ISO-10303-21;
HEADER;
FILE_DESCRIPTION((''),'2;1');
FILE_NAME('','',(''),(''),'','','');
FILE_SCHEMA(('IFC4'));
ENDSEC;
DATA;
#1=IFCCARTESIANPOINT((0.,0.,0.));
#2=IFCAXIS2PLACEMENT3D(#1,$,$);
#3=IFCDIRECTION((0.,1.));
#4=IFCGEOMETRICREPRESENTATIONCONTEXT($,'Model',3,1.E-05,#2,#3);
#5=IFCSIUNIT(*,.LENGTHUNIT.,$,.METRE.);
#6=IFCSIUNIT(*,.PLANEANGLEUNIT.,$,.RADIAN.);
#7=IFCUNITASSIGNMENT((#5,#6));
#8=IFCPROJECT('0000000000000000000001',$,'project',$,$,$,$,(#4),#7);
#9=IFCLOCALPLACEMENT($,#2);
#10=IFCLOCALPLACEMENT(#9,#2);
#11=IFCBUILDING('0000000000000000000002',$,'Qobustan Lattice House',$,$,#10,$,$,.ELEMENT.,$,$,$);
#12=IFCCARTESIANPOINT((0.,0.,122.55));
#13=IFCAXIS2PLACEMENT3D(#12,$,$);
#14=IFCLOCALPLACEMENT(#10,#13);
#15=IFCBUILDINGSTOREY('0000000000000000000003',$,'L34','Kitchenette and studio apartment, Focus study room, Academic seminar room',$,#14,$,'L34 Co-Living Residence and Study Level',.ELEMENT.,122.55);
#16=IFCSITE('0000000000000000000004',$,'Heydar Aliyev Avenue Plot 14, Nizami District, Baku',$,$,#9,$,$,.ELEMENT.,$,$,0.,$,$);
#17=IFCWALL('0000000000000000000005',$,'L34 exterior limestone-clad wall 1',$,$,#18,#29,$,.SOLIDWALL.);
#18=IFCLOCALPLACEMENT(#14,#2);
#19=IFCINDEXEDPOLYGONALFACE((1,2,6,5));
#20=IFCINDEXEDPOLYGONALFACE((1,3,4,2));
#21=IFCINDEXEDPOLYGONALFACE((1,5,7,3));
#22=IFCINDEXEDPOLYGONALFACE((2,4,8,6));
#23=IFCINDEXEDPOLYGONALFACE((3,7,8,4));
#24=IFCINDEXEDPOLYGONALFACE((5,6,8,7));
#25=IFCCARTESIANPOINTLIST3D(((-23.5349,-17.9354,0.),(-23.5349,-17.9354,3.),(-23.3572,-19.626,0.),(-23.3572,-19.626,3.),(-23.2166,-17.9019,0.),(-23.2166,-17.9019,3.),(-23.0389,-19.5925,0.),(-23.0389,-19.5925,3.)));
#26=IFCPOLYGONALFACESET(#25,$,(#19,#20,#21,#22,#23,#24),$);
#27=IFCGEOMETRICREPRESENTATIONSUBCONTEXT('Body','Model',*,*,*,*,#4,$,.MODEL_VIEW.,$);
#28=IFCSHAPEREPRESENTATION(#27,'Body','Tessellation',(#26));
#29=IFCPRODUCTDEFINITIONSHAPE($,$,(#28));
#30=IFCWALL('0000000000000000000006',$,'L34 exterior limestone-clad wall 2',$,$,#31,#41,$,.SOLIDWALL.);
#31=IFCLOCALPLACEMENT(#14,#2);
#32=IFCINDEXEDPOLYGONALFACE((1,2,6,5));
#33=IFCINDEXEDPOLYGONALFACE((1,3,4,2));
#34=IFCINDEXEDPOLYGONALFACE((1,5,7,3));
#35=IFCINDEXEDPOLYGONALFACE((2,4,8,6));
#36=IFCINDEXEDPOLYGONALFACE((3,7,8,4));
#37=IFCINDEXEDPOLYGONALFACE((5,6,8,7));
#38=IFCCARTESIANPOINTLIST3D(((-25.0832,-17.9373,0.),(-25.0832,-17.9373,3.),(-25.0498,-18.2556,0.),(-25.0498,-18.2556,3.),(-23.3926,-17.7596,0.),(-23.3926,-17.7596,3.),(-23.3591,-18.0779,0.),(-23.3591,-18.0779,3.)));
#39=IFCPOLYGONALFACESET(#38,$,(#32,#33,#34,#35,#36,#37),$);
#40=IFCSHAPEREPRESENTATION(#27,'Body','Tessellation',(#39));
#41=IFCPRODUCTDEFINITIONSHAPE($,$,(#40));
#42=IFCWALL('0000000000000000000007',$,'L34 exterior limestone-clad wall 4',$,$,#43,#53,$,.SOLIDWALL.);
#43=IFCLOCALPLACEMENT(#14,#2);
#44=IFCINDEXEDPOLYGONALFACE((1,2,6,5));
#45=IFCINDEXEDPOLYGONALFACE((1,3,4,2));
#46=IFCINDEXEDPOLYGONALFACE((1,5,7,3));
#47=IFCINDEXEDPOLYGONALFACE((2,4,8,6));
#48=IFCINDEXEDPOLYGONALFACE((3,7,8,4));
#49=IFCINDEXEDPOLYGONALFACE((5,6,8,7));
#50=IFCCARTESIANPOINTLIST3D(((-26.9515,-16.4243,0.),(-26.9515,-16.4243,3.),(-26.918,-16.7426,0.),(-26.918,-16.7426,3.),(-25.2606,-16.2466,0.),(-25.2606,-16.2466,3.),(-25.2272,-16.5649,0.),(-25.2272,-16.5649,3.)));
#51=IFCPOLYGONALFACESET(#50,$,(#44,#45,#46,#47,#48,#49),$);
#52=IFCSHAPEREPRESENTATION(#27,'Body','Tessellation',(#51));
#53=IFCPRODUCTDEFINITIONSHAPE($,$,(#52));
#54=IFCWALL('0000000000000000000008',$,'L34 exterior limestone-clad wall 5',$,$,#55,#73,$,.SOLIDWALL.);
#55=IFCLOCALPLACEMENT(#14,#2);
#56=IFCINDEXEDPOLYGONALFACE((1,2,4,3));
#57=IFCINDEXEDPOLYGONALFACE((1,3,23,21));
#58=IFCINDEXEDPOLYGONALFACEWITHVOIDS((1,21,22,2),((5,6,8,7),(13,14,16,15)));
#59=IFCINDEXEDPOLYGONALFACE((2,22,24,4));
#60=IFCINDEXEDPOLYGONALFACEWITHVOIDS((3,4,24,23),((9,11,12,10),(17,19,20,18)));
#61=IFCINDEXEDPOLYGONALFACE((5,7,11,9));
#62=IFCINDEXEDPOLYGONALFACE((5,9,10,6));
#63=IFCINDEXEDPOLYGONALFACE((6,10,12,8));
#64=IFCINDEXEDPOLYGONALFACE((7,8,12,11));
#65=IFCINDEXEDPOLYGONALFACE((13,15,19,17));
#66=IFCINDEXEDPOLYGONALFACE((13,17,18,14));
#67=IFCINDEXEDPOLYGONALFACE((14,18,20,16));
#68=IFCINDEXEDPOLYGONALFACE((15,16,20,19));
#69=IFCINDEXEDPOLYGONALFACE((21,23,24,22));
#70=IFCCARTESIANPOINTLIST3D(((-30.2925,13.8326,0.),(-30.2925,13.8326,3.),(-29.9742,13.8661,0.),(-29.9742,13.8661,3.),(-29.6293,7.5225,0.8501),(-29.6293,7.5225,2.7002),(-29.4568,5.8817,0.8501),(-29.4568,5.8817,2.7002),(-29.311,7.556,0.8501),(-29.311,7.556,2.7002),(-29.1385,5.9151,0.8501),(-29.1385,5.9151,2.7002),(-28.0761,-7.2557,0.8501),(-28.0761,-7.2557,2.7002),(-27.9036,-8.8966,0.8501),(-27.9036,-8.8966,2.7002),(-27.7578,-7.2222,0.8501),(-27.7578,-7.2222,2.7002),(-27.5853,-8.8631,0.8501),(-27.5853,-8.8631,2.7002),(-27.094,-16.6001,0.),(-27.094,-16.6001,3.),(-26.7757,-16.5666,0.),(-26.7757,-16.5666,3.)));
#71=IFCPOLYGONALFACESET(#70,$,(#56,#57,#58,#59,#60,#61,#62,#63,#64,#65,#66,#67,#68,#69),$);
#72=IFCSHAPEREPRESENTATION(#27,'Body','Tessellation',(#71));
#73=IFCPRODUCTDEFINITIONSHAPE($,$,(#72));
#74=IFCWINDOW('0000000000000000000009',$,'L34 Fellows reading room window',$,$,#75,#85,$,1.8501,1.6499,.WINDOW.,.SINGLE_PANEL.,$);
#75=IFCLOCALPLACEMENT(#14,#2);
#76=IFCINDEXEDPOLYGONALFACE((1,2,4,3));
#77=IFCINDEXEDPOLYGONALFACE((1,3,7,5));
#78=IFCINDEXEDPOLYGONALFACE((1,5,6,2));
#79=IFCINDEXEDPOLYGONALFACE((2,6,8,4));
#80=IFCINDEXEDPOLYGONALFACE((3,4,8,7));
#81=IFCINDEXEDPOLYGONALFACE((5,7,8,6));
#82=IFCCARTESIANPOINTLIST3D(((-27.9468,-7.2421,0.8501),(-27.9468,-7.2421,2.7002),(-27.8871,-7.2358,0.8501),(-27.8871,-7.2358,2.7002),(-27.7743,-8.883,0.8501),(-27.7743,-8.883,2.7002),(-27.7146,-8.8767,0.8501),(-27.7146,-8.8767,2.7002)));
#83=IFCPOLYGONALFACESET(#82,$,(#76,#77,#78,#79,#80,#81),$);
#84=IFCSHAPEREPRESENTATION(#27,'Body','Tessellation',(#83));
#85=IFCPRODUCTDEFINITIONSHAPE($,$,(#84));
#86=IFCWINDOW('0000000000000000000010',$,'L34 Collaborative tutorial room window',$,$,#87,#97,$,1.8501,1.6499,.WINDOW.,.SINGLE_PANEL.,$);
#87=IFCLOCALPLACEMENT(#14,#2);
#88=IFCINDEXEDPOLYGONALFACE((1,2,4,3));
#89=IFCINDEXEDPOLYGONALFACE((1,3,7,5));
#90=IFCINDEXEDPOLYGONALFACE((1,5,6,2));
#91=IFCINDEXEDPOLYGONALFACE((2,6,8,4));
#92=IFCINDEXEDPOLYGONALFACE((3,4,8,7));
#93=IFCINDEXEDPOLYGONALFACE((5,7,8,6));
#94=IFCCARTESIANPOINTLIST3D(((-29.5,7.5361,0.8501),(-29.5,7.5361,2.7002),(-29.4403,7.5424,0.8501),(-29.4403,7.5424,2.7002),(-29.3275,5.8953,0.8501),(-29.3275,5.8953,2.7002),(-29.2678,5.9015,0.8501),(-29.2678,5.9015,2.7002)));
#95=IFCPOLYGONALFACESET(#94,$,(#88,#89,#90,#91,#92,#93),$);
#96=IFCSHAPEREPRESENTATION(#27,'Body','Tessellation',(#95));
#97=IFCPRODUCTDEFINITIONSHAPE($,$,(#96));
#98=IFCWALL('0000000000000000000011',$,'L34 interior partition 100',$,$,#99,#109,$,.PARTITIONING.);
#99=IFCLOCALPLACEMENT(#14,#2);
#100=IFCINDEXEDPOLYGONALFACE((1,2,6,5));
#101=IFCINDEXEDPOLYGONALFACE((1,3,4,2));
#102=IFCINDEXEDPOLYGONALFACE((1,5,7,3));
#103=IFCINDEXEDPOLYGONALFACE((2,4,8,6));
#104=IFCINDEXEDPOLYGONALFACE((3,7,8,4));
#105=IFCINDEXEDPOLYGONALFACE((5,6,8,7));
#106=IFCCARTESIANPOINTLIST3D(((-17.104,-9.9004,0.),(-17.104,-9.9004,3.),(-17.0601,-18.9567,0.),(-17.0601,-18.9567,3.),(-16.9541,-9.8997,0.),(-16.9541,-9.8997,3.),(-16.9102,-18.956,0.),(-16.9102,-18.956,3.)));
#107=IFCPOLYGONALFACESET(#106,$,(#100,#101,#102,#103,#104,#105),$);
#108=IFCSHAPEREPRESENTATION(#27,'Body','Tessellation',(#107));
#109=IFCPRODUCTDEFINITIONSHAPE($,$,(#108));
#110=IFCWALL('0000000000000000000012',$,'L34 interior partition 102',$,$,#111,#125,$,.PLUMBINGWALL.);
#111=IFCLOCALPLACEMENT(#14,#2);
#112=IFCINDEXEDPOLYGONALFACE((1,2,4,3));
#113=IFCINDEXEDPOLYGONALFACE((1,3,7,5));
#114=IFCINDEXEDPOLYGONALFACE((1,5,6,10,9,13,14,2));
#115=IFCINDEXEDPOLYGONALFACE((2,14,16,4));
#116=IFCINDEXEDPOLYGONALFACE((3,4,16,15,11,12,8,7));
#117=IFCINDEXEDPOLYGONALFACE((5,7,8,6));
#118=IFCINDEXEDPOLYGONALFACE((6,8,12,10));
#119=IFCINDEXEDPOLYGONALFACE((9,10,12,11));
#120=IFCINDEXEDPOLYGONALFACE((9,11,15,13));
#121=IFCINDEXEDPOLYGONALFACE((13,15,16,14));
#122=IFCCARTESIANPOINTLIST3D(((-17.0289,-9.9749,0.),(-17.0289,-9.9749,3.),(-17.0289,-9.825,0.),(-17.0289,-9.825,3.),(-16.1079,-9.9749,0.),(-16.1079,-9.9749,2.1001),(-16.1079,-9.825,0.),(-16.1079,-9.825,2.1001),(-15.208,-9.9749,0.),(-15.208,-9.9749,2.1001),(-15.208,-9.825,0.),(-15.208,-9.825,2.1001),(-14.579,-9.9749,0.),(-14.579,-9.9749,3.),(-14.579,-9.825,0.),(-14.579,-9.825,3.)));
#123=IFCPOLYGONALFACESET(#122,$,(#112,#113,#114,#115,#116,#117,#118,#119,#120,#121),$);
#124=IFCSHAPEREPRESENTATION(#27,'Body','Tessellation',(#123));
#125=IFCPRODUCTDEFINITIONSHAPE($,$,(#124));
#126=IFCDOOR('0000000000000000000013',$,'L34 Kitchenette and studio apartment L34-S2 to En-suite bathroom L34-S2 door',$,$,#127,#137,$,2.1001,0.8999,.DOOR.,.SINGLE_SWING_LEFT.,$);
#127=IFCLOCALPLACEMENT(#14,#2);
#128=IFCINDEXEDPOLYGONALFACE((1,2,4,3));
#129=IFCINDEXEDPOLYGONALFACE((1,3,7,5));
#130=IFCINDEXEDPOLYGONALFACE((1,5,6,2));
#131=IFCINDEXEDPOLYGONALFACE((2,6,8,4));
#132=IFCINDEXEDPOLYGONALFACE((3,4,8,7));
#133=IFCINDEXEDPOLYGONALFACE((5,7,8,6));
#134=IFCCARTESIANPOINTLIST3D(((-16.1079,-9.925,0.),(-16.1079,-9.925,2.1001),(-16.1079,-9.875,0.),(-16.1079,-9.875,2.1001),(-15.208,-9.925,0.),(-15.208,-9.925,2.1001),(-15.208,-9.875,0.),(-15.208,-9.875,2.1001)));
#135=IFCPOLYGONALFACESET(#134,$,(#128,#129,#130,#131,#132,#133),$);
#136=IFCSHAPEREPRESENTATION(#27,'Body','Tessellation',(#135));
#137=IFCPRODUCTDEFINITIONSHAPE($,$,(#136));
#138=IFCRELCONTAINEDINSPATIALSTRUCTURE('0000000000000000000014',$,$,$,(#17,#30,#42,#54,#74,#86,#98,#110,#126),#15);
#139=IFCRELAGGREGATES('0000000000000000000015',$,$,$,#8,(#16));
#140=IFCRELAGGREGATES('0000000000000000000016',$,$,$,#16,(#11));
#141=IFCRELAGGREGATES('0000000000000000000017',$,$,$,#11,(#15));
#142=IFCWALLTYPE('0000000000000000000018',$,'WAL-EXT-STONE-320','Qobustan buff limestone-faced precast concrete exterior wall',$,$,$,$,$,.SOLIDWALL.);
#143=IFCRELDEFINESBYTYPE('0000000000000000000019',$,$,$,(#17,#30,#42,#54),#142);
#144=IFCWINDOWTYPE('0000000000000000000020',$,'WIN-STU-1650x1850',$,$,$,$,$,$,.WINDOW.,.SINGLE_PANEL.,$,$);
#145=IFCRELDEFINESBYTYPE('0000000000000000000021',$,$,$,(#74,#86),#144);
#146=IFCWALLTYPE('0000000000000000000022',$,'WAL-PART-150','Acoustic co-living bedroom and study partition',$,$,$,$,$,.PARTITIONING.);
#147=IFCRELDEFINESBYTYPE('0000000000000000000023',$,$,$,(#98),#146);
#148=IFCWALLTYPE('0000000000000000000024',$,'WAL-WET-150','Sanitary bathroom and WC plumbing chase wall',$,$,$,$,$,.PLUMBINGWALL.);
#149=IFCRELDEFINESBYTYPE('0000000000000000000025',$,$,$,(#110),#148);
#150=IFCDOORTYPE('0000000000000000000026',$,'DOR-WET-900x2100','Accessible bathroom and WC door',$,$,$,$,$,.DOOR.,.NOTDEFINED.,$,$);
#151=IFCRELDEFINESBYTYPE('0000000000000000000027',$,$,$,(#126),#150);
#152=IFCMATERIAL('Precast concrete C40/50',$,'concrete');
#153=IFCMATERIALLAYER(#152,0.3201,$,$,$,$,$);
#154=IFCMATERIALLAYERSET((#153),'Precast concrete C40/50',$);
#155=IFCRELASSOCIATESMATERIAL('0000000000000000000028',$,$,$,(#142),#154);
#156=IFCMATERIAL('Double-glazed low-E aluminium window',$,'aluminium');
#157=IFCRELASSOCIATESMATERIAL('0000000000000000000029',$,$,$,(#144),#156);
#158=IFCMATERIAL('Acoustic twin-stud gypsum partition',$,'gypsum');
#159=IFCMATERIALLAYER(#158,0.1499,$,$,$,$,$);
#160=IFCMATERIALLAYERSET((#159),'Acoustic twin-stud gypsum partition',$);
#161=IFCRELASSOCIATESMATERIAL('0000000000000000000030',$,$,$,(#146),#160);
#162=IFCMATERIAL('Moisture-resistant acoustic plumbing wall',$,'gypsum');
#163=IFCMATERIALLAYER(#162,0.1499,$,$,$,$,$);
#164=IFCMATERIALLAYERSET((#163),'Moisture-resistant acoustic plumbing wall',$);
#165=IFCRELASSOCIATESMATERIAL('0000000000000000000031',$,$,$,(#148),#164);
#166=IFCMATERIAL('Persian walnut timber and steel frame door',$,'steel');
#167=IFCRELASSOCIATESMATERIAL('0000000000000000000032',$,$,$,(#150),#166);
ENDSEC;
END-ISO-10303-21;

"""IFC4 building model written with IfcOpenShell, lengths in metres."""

from ifc_helpers import new_model, si_unit, direction, frame, frame_2d, origin, place, context, subcontext, project, spatial, rectangle, extrude, material, layer, layer_set, type_object, element, fill, save


model = new_model("IFC4")

# Units and contexts
model_context = context("Model", 3, precision=1e-05, world=origin(), true_north=direction((0.0, 1.0)))
body_context = subcontext(model_context, "Body", "Model", "MODEL_VIEW")
ifc_project = project(units=[si_unit("LENGTHUNIT", "METRE"), si_unit("PLANEANGLEUNIT", "RADIAN")], contexts=[model_context])

# Site, building, storey
site_placement = place(None, origin())
site = spatial("IfcSite", under=ifc_project, at=site_placement, Name="Heydar Aliyev Avenue Plot 14, Nizami District, Baku", CompositionType="ELEMENT", RefElevation=0.0)
building_placement = place(site_placement, origin())
building = spatial("IfcBuilding", under=site, at=building_placement, Name="Qobustan Lattice House", CompositionType="ELEMENT")
storey_placement = place(building_placement, frame((0.0, 0.0, 122.55)))
storey = spatial("IfcBuildingStorey", under=building, at=storey_placement, Name="L34", Description="Kitchenette and studio apartment, Focus study room, Academic seminar room", LongName="L34 Co-Living Residence and Study Level", CompositionType="ELEMENT", Elevation=122.55)

# Walls
ifc_material_1 = material(Name="Precast concrete C40/50", Category="concrete")
ifc_layer_1 = layer(ifc_material_1, 0.3201)
ifc_layer_set_1 = layer_set([ifc_layer_1], Name="Precast concrete C40/50")
wall_type_1 = type_object("IfcWallType", Name="WAL-EXT-STONE-320", Description="Qobustan buff limestone-faced precast concrete exterior wall", PredefinedType="SOLIDWALL", material=ifc_layer_set_1)
for number, where, z_axis, x_axis, name in (
    (1, (-23.198, -19.6094, 0.0), (0.0, 0.0, 1.0), (-0.10455, 0.99452, 0.0), "L34 exterior limestone-clad wall 1"),
    (2, (-23.3757, -17.9187, 0.0), (0.0, 0.0, 1.0), (-0.99452, -0.10455, 0.0), "L34 exterior limestone-clad wall 2"),
):
    element("IfcWall", number, at=place(storey_placement, frame(where, z_axis=z_axis, x_axis=x_axis)), inside=storey, type_object=wall_type_1, Name=name, PredefinedType="SOLIDWALL", context=body_context, shape_type="SweptSolid", body=[
        extrude(rectangle(XDim=1.7, YDim=0.3201, at=frame_2d((0.8501, 0.0))), origin(), (0.0, 0.0, 1.0), 3.0),
    ])
wall_1_placement = place(storey_placement, frame((-25.2439, -16.4058, 0.0), z_axis=(0.0, 0.0, 1.0), x_axis=(-0.994521, -0.104535, 0.0)))
element("IfcWall", 3, at=wall_1_placement, inside=storey, type_object=wall_type_1, Name="L34 exterior limestone-clad wall 4", PredefinedType="SOLIDWALL", context=body_context, shape_type="SweptSolid", body=[
    extrude(rectangle(XDim=1.7002, YDim=0.3201, at=frame_2d((0.8501, 0.0))), origin(), (0.0, 0.0, 1.0), 3.0),
])

# Wall, openings, windows
wall_2_placement = place(storey_placement, frame((-26.9348, -16.5835, 0.0), z_axis=(0.0, 0.0, 1.0), x_axis=(-0.104525, 0.994522, 0.0)))
wall_2 = element("IfcWall", 4, at=wall_2_placement, inside=storey, type_object=wall_type_1, Name="L34 exterior limestone-clad wall 5", PredefinedType="SOLIDWALL", context=body_context, shape_type="SweptSolid", body=[
    extrude(rectangle(XDim=30.6003, YDim=0.3201, at=frame_2d((15.3003, 0.0))), origin(), (0.0, 0.0, 1.0), 3.0),
])
opening_1_placement = place(wall_2_placement, frame((7.7461, 0.0, 0.8501)))
opening_1 = element("IfcOpeningElement", 5, at=opening_1_placement, cuts=wall_2, PredefinedType="OPENING", context=body_context, shape_type="SweptSolid", body=[
    extrude(rectangle(XDim=1.6499, YDim=1.8501, at=frame_2d((0.825, 0.925))), frame((0.0, 0.1699, 0.0), z_axis=(0.0, -1.0, 0.0), x_axis=(1.0, 0.0, 0.0)), (0.0, 0.0, 1.0), 0.3401),
])
opening_2_placement = place(wall_2_placement, frame((22.6057, 0.0, 0.8501)))
opening_2 = element("IfcOpeningElement", 6, at=opening_2_placement, cuts=wall_2, PredefinedType="OPENING", context=body_context, shape_type="SweptSolid", body=[
    extrude(rectangle(XDim=1.6499, YDim=1.8501, at=frame_2d((0.825, 0.925))), frame((0.0, 0.1699, 0.0), z_axis=(0.0, -1.0, 0.0), x_axis=(1.0, 0.0, 0.0)), (0.0, 0.0, 1.0), 0.3401),
])
ifc_material_2 = material(Name="Double-glazed low-E aluminium window", Category="aluminium")
window_type = type_object("IfcWindowType", Name="WIN-STU-1650x1850", PartitioningType="SINGLE_PANEL", PredefinedType="WINDOW", material=ifc_material_2)
window_1_placement = place(opening_1_placement, origin())
window_1 = element("IfcWindow", 7, at=window_1_placement, inside=storey, type_object=window_type, Name="L34 Fellows reading room window", OverallHeight=1.8501, OverallWidth=1.6499, PartitioningType="SINGLE_PANEL", PredefinedType="WINDOW", context=body_context, shape_type="SweptSolid", body=[
    extrude(rectangle(XDim=1.6499, YDim=1.8501, at=frame_2d((0.825, 0.925))), frame((0.0, 0.03, 0.0), z_axis=(0.0, -1.0, 0.0), x_axis=(1.0, 0.0, 0.0)), (0.0, 0.0, 1.0), 0.0601),
])
fill(opening_1, window_1)
window_2_placement = place(opening_2_placement, origin())
window_2 = element("IfcWindow", 8, at=window_2_placement, inside=storey, type_object=window_type, Name="L34 Collaborative tutorial room window", OverallHeight=1.8501, OverallWidth=1.6499, PartitioningType="SINGLE_PANEL", PredefinedType="WINDOW", context=body_context, shape_type="SweptSolid", body=[
    extrude(rectangle(XDim=1.6499, YDim=1.8501, at=frame_2d((0.825, 0.925))), frame((0.0, 0.03, 0.0), z_axis=(0.0, -1.0, 0.0), x_axis=(1.0, 0.0, 0.0)), (0.0, 0.0, 1.0), 0.0601),
])
fill(opening_2, window_2)

# Wall
ifc_material_3 = material(Name="Acoustic twin-stud gypsum partition", Category="gypsum")
ifc_layer_2 = layer(ifc_material_3, 0.1499)
ifc_layer_set_2 = layer_set([ifc_layer_2], Name="Acoustic twin-stud gypsum partition")
wall_type_2 = type_object("IfcWallType", Name="WAL-PART-150", Description="Acoustic co-living bedroom and study partition", PredefinedType="PARTITIONING", material=ifc_layer_set_2)
wall_3_placement = place(storey_placement, frame((-17.0291, -9.8999, 0.0), z_axis=(0.0, 0.0, 1.0), x_axis=(0.004852, -0.999988, 0.0)))
element("IfcWall", 9, at=wall_3_placement, inside=storey, type_object=wall_type_2, Name="L34 interior partition 100", PredefinedType="PARTITIONING", context=body_context, shape_type="SweptSolid", body=[
    extrude(rectangle(XDim=9.0564, YDim=0.1499, at=frame_2d((4.5283, 0.0))), origin(), (0.0, 0.0, 1.0), 3.0),
])

# Wall, opening, door
ifc_material_4 = material(Name="Moisture-resistant acoustic plumbing wall", Category="gypsum")
ifc_layer_3 = layer(ifc_material_4, 0.1499)
ifc_layer_set_3 = layer_set([ifc_layer_3], Name="Moisture-resistant acoustic plumbing wall")
wall_type_3 = type_object("IfcWallType", Name="WAL-WET-150", Description="Sanitary bathroom and WC plumbing chase wall", PredefinedType="PLUMBINGWALL", material=ifc_layer_set_3)
wall_4_placement = place(storey_placement, frame((-17.0291, -9.8999, 0.0), z_axis=(0.0, 0.0, 1.0), x_axis=(1.0, 0.0, 0.0)))
wall_4 = element("IfcWall", 10, at=wall_4_placement, inside=storey, type_object=wall_type_3, Name="L34 interior partition 102", PredefinedType="PLUMBINGWALL", context=body_context, shape_type="SweptSolid", body=[
    extrude(rectangle(XDim=2.45, YDim=0.1499, at=frame_2d((1.2251, 0.0))), origin(), (0.0, 0.0, 1.0), 3.0),
])
opening_3_placement = place(wall_4_placement, frame((0.9211, 0.0, 0.0)))
opening_3 = element("IfcOpeningElement", 11, at=opening_3_placement, cuts=wall_4, PredefinedType="OPENING", context=body_context, shape_type="SweptSolid", body=[
    extrude(rectangle(XDim=0.8999, YDim=2.1001, at=frame_2d((0.45, 1.05))), frame((0.0, 0.085, 0.0), z_axis=(0.0, -1.0, 0.0), x_axis=(1.0, 0.0, 0.0)), (0.0, 0.0, 1.0), 0.1699),
])
ifc_material_5 = material(Name="Persian walnut timber and steel frame door", Category="steel")
door_type = type_object("IfcDoorType", Name="DOR-WET-900x2100", Description="Accessible bathroom and WC door", OperationType="NOTDEFINED", PredefinedType="DOOR", material=ifc_material_5)
door_placement = place(opening_3_placement, origin())
door = element("IfcDoor", 12, at=door_placement, inside=storey, type_object=door_type, Name="L34 Kitchenette and studio apartment L34-S2 to En-suite bathroom L34-S2 door", OperationType="SINGLE_SWING_LEFT", OverallHeight=2.1001, OverallWidth=0.8999, PredefinedType="DOOR", context=body_context, shape_type="SweptSolid", body=[
    extrude(rectangle(XDim=0.8999, YDim=2.1001, at=frame_2d((0.45, 1.05))), frame((0.0, 0.0249, 0.0), z_axis=(0.0, -1.0, 0.0), x_axis=(1.0, 0.0, 0.0)), (0.0, 0.0, 1.0), 0.05),
])
fill(opening_3, door)

save(model, "model.ifc")
